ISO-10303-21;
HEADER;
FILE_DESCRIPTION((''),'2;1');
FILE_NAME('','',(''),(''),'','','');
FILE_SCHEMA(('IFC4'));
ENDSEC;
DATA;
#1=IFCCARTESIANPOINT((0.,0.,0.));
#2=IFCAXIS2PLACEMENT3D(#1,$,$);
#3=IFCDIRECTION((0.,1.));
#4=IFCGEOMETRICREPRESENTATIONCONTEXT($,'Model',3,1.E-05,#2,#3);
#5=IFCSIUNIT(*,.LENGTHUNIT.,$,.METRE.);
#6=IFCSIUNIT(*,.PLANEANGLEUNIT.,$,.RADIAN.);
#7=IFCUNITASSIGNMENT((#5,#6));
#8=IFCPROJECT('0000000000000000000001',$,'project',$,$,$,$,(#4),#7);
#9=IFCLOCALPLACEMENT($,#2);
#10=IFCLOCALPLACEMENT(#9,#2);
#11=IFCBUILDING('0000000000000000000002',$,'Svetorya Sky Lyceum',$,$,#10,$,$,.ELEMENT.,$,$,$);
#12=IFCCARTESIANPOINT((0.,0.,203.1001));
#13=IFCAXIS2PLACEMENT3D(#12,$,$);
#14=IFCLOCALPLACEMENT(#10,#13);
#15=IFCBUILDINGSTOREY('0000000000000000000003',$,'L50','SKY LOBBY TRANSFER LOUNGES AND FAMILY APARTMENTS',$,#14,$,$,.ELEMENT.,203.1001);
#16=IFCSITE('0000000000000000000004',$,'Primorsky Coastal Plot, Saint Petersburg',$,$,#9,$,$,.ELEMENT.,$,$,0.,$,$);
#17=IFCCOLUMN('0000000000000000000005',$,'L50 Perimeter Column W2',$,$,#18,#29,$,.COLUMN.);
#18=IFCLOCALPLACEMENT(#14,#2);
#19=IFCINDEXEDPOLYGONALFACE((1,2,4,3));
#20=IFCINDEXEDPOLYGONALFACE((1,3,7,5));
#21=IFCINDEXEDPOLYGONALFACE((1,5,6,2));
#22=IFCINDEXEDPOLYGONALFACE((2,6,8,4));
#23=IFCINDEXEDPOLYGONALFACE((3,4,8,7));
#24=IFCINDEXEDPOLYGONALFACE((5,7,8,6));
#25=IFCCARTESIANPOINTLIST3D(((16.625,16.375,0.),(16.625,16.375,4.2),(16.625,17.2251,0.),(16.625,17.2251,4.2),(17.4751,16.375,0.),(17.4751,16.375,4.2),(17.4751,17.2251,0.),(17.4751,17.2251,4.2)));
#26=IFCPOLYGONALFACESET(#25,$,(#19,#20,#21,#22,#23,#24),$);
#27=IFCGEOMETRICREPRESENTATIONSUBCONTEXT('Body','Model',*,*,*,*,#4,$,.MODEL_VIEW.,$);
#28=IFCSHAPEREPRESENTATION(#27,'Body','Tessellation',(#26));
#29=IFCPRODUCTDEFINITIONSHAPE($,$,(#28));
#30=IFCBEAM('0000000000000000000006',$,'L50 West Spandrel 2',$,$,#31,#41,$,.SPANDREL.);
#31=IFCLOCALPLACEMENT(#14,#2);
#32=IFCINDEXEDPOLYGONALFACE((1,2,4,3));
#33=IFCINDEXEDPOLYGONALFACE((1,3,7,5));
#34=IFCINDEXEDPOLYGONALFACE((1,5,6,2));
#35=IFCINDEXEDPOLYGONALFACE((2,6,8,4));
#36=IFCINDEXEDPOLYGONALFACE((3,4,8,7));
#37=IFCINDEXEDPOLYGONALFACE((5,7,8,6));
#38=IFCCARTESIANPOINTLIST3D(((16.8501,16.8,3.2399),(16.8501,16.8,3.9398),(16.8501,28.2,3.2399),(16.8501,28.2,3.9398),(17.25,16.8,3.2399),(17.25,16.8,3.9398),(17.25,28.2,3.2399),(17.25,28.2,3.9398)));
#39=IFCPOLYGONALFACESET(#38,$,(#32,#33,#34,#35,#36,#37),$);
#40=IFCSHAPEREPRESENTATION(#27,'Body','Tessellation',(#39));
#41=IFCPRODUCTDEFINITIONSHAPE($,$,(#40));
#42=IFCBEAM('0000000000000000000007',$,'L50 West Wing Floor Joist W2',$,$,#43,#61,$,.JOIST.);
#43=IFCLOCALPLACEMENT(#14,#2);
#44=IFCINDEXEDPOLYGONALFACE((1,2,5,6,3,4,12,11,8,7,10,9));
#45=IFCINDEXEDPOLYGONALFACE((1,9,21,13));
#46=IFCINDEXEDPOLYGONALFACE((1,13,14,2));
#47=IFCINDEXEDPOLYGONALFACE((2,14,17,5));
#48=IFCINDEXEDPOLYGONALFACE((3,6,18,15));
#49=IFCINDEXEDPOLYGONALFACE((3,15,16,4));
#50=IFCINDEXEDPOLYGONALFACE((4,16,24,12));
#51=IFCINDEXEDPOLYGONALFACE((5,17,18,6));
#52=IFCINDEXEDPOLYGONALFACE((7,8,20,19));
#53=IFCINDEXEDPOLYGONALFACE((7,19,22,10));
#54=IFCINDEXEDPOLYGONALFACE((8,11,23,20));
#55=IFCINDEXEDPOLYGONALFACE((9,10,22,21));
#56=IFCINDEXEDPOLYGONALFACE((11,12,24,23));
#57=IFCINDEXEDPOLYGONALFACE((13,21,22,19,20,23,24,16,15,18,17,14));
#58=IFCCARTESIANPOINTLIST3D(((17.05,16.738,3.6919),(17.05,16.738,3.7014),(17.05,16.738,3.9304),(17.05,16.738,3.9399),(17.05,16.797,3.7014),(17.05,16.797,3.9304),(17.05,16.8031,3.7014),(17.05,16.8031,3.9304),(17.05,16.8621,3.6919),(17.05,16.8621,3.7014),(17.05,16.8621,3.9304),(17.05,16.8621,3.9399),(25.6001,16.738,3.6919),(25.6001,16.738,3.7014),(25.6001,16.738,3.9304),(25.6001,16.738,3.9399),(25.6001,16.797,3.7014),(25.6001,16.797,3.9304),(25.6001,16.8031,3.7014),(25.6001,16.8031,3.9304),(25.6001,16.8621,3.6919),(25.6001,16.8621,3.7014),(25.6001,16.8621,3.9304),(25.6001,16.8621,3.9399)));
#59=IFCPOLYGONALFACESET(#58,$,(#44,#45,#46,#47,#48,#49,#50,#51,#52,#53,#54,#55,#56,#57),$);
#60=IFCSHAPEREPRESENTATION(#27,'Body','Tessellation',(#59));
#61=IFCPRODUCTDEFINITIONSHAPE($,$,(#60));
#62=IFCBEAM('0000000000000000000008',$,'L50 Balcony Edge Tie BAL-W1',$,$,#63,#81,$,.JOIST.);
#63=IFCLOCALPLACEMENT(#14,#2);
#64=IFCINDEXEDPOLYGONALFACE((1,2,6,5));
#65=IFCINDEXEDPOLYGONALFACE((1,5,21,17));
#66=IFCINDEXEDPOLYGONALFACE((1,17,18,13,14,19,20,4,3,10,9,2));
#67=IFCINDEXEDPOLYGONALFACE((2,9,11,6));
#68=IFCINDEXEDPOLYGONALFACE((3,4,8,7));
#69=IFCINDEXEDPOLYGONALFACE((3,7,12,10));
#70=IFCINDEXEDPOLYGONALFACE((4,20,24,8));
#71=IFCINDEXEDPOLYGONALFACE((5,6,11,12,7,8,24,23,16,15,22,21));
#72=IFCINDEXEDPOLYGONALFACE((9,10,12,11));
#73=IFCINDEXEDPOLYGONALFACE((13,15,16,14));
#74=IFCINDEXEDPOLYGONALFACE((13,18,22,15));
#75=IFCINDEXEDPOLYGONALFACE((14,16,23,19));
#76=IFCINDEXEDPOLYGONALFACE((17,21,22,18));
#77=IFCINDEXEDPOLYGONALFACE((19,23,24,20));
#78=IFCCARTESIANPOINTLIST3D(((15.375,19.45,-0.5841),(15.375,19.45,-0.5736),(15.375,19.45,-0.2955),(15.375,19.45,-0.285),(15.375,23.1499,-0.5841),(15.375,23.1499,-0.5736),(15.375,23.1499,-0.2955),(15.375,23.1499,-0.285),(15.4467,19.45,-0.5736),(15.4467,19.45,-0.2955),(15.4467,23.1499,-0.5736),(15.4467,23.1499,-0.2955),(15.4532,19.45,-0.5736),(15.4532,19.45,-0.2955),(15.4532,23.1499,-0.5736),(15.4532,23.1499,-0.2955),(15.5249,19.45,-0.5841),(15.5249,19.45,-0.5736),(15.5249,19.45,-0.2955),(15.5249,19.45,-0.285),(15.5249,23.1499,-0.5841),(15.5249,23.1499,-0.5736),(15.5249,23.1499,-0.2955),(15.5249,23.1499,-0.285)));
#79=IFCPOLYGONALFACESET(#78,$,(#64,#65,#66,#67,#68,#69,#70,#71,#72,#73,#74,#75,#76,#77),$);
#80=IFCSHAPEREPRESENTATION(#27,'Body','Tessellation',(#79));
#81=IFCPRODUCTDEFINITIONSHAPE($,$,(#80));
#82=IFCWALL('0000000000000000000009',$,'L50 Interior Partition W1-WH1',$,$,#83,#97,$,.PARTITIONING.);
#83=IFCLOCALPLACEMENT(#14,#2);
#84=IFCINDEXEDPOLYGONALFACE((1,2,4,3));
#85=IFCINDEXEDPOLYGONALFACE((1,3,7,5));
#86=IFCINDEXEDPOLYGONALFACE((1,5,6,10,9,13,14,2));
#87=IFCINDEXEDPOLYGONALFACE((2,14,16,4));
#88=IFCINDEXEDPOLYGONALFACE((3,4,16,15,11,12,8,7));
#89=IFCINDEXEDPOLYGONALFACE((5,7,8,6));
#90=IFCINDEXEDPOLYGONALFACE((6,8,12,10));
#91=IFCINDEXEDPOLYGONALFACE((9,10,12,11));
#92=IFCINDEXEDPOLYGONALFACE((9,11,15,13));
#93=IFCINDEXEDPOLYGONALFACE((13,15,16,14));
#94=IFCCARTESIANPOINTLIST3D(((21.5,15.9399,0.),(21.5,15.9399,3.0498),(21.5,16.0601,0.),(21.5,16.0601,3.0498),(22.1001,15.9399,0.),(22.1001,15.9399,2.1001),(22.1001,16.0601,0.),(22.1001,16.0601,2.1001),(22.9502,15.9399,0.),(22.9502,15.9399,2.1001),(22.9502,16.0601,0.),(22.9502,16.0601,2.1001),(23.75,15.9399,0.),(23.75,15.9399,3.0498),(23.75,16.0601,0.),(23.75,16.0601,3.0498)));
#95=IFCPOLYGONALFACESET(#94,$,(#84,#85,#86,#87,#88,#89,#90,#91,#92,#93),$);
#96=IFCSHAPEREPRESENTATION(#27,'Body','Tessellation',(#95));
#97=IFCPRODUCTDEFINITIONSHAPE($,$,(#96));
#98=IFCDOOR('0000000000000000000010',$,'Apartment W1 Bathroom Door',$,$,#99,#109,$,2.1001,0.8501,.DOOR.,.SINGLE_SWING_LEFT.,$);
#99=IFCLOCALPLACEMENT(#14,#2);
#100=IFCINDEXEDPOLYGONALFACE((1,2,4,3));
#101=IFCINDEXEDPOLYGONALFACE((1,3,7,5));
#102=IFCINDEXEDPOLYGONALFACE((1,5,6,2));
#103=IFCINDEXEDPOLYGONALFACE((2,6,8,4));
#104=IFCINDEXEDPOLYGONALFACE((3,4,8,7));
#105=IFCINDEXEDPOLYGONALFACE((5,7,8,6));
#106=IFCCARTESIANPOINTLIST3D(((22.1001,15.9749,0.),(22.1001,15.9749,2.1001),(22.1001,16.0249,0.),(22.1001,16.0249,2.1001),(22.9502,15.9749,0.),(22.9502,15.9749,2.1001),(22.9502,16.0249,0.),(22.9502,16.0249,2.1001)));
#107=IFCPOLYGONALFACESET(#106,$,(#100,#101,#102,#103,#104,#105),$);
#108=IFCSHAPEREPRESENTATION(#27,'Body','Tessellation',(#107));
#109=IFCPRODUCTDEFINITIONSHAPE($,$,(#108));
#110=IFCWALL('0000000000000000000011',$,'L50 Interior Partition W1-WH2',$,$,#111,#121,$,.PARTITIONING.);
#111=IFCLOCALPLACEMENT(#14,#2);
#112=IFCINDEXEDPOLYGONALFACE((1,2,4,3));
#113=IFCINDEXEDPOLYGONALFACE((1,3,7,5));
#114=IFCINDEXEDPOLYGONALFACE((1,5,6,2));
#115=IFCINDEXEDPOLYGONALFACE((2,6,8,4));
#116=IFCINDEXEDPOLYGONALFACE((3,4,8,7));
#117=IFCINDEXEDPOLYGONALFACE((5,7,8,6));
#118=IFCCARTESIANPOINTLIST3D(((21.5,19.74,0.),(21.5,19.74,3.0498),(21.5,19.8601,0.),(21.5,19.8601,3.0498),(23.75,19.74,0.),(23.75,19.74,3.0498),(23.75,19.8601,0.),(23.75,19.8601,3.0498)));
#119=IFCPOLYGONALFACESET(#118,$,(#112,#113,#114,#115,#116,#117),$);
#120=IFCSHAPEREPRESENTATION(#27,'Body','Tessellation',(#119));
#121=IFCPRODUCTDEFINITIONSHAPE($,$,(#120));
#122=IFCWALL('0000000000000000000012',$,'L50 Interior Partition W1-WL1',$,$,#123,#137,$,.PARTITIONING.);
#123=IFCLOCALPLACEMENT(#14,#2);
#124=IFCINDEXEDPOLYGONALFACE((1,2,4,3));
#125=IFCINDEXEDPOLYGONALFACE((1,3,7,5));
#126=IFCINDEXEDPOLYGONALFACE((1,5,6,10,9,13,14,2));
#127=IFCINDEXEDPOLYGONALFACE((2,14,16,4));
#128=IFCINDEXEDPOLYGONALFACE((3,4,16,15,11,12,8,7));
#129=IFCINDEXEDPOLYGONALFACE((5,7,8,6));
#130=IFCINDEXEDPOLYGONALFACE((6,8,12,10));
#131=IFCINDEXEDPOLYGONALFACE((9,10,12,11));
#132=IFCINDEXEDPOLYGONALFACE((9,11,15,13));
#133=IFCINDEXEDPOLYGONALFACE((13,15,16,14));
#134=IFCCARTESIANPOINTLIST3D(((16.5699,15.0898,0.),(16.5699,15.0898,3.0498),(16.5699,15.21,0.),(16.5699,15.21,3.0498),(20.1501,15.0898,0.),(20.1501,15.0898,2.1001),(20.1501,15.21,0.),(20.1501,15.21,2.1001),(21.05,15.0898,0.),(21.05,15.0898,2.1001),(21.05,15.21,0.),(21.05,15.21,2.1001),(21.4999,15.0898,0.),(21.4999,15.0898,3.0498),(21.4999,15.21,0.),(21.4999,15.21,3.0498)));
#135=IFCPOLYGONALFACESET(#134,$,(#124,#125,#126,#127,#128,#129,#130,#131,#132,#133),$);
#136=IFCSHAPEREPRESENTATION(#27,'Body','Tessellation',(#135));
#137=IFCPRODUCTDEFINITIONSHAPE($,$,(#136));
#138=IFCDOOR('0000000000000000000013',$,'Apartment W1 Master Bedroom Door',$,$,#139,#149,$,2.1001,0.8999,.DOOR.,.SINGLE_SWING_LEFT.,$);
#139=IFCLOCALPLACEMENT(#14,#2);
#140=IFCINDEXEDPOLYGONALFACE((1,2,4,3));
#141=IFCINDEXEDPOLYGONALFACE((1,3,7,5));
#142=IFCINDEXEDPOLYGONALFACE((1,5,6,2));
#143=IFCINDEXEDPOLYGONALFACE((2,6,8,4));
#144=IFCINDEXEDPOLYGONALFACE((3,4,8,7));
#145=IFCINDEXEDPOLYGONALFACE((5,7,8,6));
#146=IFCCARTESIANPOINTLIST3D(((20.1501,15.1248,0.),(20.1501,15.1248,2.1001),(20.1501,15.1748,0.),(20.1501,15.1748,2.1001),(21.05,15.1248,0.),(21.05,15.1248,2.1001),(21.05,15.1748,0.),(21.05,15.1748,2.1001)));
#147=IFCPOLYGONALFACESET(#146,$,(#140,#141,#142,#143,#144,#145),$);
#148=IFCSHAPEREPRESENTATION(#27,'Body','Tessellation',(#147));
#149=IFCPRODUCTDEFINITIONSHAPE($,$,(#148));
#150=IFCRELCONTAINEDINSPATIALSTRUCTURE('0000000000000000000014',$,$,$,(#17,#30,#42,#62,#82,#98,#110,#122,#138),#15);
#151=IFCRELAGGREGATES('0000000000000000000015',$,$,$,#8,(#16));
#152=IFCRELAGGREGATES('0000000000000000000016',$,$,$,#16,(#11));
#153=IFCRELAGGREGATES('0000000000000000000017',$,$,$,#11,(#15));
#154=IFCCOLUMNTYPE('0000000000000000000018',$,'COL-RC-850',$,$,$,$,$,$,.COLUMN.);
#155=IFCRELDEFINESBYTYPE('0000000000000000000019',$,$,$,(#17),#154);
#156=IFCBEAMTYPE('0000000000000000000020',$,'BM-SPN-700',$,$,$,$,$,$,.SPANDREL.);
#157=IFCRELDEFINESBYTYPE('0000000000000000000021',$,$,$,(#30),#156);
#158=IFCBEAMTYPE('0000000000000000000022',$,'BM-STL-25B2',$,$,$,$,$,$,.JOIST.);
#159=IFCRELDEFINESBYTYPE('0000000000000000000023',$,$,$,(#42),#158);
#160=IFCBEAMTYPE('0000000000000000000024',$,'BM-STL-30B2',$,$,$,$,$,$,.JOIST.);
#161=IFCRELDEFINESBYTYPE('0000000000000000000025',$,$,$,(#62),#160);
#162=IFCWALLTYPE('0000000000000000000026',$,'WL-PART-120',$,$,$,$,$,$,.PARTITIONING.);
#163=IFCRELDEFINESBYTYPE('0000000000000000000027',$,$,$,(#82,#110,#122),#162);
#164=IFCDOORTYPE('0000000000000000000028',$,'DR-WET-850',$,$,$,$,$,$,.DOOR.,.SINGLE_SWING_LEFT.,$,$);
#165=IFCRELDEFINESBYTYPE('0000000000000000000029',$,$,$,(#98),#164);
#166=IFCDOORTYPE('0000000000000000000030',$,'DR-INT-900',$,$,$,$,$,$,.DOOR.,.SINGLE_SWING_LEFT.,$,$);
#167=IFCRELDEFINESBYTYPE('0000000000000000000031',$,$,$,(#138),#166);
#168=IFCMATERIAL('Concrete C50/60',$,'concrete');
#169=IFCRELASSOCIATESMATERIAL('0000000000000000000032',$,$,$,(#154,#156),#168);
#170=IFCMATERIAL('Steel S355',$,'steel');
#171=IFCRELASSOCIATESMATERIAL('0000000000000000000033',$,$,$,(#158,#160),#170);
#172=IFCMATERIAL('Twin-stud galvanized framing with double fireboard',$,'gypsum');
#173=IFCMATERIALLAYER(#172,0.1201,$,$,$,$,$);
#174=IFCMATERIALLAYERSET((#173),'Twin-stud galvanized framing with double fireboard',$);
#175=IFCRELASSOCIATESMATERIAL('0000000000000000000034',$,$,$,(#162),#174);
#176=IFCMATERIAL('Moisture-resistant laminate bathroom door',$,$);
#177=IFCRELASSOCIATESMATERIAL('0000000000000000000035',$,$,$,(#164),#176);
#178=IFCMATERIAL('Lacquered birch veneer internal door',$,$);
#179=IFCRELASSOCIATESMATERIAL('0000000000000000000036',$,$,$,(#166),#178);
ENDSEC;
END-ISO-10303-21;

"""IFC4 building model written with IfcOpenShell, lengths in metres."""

from ifc_helpers import new_model, si_unit, direction, frame, frame_2d, origin, origin_2d, place, context, subcontext, project, spatial, rectangle, i_section, extrude, material, layer, layer_set, material_profile, profile_set, type_object, element, fill, save


model = new_model("IFC4")

# Units and contexts
model_context = context("Model", 3, precision=1e-05, world=origin(), true_north=direction((0.0, 1.0)))
body_context = subcontext(model_context, "Body", "Model", "MODEL_VIEW")
ifc_project = project(units=[si_unit("LENGTHUNIT", "METRE"), si_unit("PLANEANGLEUNIT", "RADIAN")], contexts=[model_context])

# Site, building, storey
site_placement = place(None, origin())
site = spatial("IfcSite", under=ifc_project, at=site_placement, Name="Primorsky Coastal Plot, Saint Petersburg", CompositionType="ELEMENT", RefElevation=0.0)
building_placement = place(site_placement, origin())
building = spatial("IfcBuilding", under=site, at=building_placement, Name="Svetorya Sky Lyceum", CompositionType="ELEMENT")
storey_placement = place(building_placement, frame((0.0, 0.0, 203.1001)))
storey = spatial("IfcBuildingStorey", under=building, at=storey_placement, Name="L50", Description="SKY LOBBY TRANSFER LOUNGES AND FAMILY APARTMENTS", CompositionType="ELEMENT", Elevation=203.1001)

# Column
ifc_material_1 = material(Name="Concrete C50/60", Category="concrete")
ifc_material_profile_1 = material_profile(ifc_material_1, rectangle(XDim=0.8501, YDim=0.8501, at=origin_2d()), Name="RC COL 850x850")
ifc_profile_set_1 = profile_set([ifc_material_profile_1], Name="Concrete C50/60")
column_type = type_object("IfcColumnType", Name="COL-RC-850", PredefinedType="COLUMN", material=ifc_profile_set_1)
column_placement = place(storey_placement, frame((17.05, 16.8, 0.0), z_axis=(0.0, 0.0, 1.0), x_axis=(1.0, 0.0, 0.0)))
element("IfcColumn", 1, at=column_placement, inside=storey, type_object=column_type, Name="L50 Perimeter Column W2", PredefinedType="COLUMN", context=body_context, shape_type="SweptSolid", body=[
    extrude(rectangle(XDim=0.8501, YDim=0.8501, at=origin_2d()), origin(), (0.0, 0.0, 1.0), 4.2),
])

# Beams
ifc_material_profile_2 = material_profile(ifc_material_1, rectangle(XDim=0.3999, YDim=0.7, at=origin_2d()), Name="RC SPANDREL 400x700")
ifc_profile_set_2 = profile_set([ifc_material_profile_2], Name="Concrete C50/60")
beam_type_1 = type_object("IfcBeamType", Name="BM-SPN-700", PredefinedType="SPANDREL", material=ifc_profile_set_2)
beam_1_placement = place(storey_placement, frame((17.05, 16.8, 3.5898), z_axis=(0.0, 1.0, 0.0), x_axis=(-1.0, 0.0, 0.0)))
element("IfcBeam", 2, at=beam_1_placement, inside=storey, type_object=beam_type_1, Name="L50 West Spandrel 2", PredefinedType="SPANDREL", context=body_context, shape_type="SweptSolid", body=[
    extrude(rectangle(XDim=0.3999, YDim=0.7, at=origin_2d()), origin(), (0.0, 0.0, 1.0), 11.3999),
])
ifc_material_2 = material(Name="Steel S355", Category="steel")
ifc_material_profile_3 = material_profile(ifc_material_2, i_section(OverallWidth=0.124, OverallDepth=0.248, WebThickness=0.0061, FlangeThickness=0.0095, at=origin_2d()), Name="GOST 25B2")
ifc_profile_set_3 = profile_set([ifc_material_profile_3], Name="Steel S355")
beam_type_2 = type_object("IfcBeamType", Name="BM-STL-25B2", PredefinedType="JOIST", material=ifc_profile_set_3)
beam_2_placement = place(storey_placement, frame((17.05, 16.8, 3.8159), z_axis=(1.0, 0.0, 0.0), x_axis=(0.0, 1.0, 0.0)))
element("IfcBeam", 3, at=beam_2_placement, inside=storey, type_object=beam_type_2, Name="L50 West Wing Floor Joist W2", PredefinedType="JOIST", context=body_context, shape_type="SweptSolid", body=[
    extrude(i_section(OverallWidth=0.124, OverallDepth=0.248, WebThickness=0.0061, FlangeThickness=0.0095, at=origin_2d()), origin(), (0.0, 0.0, 1.0), 8.55),
])
ifc_material_profile_4 = material_profile(ifc_material_2, i_section(OverallWidth=0.1499, OverallDepth=0.2991, WebThickness=0.0066, FlangeThickness=0.0105, at=origin_2d()), Name="GOST 30B2")
ifc_profile_set_4 = profile_set([ifc_material_profile_4], Name="Steel S355")
beam_type_3 = type_object("IfcBeamType", Name="BM-STL-30B2", PredefinedType="JOIST", material=ifc_profile_set_4)
beam_3_placement = place(storey_placement, frame((15.45, 19.45, -0.4346), z_axis=(0.0, 1.0, 0.0), x_axis=(-1.0, 0.0, 0.0)))
element("IfcBeam", 4, at=beam_3_placement, inside=storey, type_object=beam_type_3, Name="L50 Balcony Edge Tie BAL-W1", PredefinedType="JOIST", context=body_context, shape_type="SweptSolid", body=[
    extrude(i_section(OverallWidth=0.1499, OverallDepth=0.2991, WebThickness=0.0066, FlangeThickness=0.0105, at=origin_2d()), origin(), (0.0, 0.0, 1.0), 3.7),
])

# Wall, opening, door
ifc_material_3 = material(Name="Twin-stud galvanized framing with double fireboard", Category="gypsum")
ifc_layer_1 = layer(ifc_material_3, 0.1201)
ifc_layer_set_1 = layer_set([ifc_layer_1], Name="Twin-stud galvanized framing with double fireboard")
wall_type_1 = type_object("IfcWallType", Name="WL-PART-120", PredefinedType="PARTITIONING", material=ifc_layer_set_1)
wall_1_placement = place(storey_placement, frame((21.5, 16.0, 0.0), z_axis=(0.0, 0.0, 1.0), x_axis=(1.0, 0.0, 0.0)))
wall_1 = element("IfcWall", 5, at=wall_1_placement, inside=storey, type_object=wall_type_1, Name="L50 Interior Partition W1-WH1", PredefinedType="PARTITIONING", context=body_context, shape_type="SweptSolid", body=[
    extrude(rectangle(XDim=2.25, YDim=0.1201, at=frame_2d((1.125, 0.0))), origin(), (0.0, 0.0, 1.0), 3.0498),
])
opening_1_placement = place(wall_1_placement, frame((0.6001, 0.0, 0.0)))
opening_1 = element("IfcOpeningElement", 6, at=opening_1_placement, cuts=wall_1, PredefinedType="OPENING", context=body_context, shape_type="SweptSolid", body=[
    extrude(rectangle(XDim=0.8501, YDim=2.1001, at=frame_2d((0.425, 1.05))), frame((0.0, 0.0701, 0.0), z_axis=(0.0, -1.0, 0.0), x_axis=(1.0, 0.0, 0.0)), (0.0, 0.0, 1.0), 0.1401),
])
ifc_material_4 = material(Name="Moisture-resistant laminate bathroom door")
door_type_1 = type_object("IfcDoorType", Name="DR-WET-850", OperationType="SINGLE_SWING_LEFT", PredefinedType="DOOR", material=ifc_material_4)
door_1_placement = place(opening_1_placement, origin())
door_1 = element("IfcDoor", 7, at=door_1_placement, inside=storey, type_object=door_type_1, Name="Apartment W1 Bathroom Door", OperationType="SINGLE_SWING_LEFT", OverallHeight=2.1001, OverallWidth=0.8501, PredefinedType="DOOR", context=body_context, shape_type="SweptSolid", body=[
    extrude(rectangle(XDim=0.8501, YDim=2.1001, at=frame_2d((0.425, 1.05))), frame((0.0, 0.0249, 0.0), z_axis=(0.0, -1.0, 0.0), x_axis=(1.0, 0.0, 0.0)), (0.0, 0.0, 1.0), 0.05),
])
fill(opening_1, door_1)

# Wall
wall_2_placement = place(storey_placement, frame((21.5, 19.8, 0.0), z_axis=(0.0, 0.0, 1.0), x_axis=(1.0, 0.0, 0.0)))
element("IfcWall", 8, at=wall_2_placement, inside=storey, type_object=wall_type_1, Name="L50 Interior Partition W1-WH2", PredefinedType="PARTITIONING", context=body_context, shape_type="SweptSolid", body=[
    extrude(rectangle(XDim=2.25, YDim=0.1201, at=frame_2d((1.125, 0.0))), origin(), (0.0, 0.0, 1.0), 3.0498),
])

# Wall, opening, door
wall_3_placement = place(storey_placement, frame((16.5701, 15.1499, 0.0), z_axis=(0.0, 0.0, 1.0), x_axis=(1.0, 0.0, 0.0)))
wall_3 = element("IfcWall", 9, at=wall_3_placement, inside=storey, type_object=wall_type_1, Name="L50 Interior Partition W1-WL1", PredefinedType="PARTITIONING", context=body_context, shape_type="SweptSolid", body=[
    extrude(rectangle(XDim=4.9299, YDim=0.1201, at=frame_2d((2.4648, 0.0))), origin(), (0.0, 0.0, 1.0), 3.0498),
])
opening_2_placement = place(wall_3_placement, frame((3.5801, 0.0, 0.0)))
opening_2 = element("IfcOpeningElement", 10, at=opening_2_placement, cuts=wall_3, PredefinedType="OPENING", context=body_context, shape_type="SweptSolid", body=[
    extrude(rectangle(XDim=0.8999, YDim=2.1001, at=frame_2d((0.45, 1.05))), frame((0.0, 0.0701, 0.0), z_axis=(0.0, -1.0, 0.0), x_axis=(1.0, 0.0, 0.0)), (0.0, 0.0, 1.0), 0.1401),
])
ifc_material_5 = material(Name="Lacquered birch veneer internal door")
door_type_2 = type_object("IfcDoorType", Name="DR-INT-900", OperationType="SINGLE_SWING_LEFT", PredefinedType="DOOR", material=ifc_material_5)
door_2_placement = place(opening_2_placement, origin())
door_2 = element("IfcDoor", 11, at=door_2_placement, inside=storey, type_object=door_type_2, Name="Apartment W1 Master Bedroom Door", OperationType="SINGLE_SWING_LEFT", OverallHeight=2.1001, OverallWidth=0.8999, PredefinedType="DOOR", context=body_context, shape_type="SweptSolid", body=[
    extrude(rectangle(XDim=0.8999, YDim=2.1001, at=frame_2d((0.45, 1.05))), frame((0.0, 0.0249, 0.0), z_axis=(0.0, -1.0, 0.0), x_axis=(1.0, 0.0, 0.0)), (0.0, 0.0, 1.0), 0.05),
])
fill(opening_2, door_2)

save(model, "model.ifc")
